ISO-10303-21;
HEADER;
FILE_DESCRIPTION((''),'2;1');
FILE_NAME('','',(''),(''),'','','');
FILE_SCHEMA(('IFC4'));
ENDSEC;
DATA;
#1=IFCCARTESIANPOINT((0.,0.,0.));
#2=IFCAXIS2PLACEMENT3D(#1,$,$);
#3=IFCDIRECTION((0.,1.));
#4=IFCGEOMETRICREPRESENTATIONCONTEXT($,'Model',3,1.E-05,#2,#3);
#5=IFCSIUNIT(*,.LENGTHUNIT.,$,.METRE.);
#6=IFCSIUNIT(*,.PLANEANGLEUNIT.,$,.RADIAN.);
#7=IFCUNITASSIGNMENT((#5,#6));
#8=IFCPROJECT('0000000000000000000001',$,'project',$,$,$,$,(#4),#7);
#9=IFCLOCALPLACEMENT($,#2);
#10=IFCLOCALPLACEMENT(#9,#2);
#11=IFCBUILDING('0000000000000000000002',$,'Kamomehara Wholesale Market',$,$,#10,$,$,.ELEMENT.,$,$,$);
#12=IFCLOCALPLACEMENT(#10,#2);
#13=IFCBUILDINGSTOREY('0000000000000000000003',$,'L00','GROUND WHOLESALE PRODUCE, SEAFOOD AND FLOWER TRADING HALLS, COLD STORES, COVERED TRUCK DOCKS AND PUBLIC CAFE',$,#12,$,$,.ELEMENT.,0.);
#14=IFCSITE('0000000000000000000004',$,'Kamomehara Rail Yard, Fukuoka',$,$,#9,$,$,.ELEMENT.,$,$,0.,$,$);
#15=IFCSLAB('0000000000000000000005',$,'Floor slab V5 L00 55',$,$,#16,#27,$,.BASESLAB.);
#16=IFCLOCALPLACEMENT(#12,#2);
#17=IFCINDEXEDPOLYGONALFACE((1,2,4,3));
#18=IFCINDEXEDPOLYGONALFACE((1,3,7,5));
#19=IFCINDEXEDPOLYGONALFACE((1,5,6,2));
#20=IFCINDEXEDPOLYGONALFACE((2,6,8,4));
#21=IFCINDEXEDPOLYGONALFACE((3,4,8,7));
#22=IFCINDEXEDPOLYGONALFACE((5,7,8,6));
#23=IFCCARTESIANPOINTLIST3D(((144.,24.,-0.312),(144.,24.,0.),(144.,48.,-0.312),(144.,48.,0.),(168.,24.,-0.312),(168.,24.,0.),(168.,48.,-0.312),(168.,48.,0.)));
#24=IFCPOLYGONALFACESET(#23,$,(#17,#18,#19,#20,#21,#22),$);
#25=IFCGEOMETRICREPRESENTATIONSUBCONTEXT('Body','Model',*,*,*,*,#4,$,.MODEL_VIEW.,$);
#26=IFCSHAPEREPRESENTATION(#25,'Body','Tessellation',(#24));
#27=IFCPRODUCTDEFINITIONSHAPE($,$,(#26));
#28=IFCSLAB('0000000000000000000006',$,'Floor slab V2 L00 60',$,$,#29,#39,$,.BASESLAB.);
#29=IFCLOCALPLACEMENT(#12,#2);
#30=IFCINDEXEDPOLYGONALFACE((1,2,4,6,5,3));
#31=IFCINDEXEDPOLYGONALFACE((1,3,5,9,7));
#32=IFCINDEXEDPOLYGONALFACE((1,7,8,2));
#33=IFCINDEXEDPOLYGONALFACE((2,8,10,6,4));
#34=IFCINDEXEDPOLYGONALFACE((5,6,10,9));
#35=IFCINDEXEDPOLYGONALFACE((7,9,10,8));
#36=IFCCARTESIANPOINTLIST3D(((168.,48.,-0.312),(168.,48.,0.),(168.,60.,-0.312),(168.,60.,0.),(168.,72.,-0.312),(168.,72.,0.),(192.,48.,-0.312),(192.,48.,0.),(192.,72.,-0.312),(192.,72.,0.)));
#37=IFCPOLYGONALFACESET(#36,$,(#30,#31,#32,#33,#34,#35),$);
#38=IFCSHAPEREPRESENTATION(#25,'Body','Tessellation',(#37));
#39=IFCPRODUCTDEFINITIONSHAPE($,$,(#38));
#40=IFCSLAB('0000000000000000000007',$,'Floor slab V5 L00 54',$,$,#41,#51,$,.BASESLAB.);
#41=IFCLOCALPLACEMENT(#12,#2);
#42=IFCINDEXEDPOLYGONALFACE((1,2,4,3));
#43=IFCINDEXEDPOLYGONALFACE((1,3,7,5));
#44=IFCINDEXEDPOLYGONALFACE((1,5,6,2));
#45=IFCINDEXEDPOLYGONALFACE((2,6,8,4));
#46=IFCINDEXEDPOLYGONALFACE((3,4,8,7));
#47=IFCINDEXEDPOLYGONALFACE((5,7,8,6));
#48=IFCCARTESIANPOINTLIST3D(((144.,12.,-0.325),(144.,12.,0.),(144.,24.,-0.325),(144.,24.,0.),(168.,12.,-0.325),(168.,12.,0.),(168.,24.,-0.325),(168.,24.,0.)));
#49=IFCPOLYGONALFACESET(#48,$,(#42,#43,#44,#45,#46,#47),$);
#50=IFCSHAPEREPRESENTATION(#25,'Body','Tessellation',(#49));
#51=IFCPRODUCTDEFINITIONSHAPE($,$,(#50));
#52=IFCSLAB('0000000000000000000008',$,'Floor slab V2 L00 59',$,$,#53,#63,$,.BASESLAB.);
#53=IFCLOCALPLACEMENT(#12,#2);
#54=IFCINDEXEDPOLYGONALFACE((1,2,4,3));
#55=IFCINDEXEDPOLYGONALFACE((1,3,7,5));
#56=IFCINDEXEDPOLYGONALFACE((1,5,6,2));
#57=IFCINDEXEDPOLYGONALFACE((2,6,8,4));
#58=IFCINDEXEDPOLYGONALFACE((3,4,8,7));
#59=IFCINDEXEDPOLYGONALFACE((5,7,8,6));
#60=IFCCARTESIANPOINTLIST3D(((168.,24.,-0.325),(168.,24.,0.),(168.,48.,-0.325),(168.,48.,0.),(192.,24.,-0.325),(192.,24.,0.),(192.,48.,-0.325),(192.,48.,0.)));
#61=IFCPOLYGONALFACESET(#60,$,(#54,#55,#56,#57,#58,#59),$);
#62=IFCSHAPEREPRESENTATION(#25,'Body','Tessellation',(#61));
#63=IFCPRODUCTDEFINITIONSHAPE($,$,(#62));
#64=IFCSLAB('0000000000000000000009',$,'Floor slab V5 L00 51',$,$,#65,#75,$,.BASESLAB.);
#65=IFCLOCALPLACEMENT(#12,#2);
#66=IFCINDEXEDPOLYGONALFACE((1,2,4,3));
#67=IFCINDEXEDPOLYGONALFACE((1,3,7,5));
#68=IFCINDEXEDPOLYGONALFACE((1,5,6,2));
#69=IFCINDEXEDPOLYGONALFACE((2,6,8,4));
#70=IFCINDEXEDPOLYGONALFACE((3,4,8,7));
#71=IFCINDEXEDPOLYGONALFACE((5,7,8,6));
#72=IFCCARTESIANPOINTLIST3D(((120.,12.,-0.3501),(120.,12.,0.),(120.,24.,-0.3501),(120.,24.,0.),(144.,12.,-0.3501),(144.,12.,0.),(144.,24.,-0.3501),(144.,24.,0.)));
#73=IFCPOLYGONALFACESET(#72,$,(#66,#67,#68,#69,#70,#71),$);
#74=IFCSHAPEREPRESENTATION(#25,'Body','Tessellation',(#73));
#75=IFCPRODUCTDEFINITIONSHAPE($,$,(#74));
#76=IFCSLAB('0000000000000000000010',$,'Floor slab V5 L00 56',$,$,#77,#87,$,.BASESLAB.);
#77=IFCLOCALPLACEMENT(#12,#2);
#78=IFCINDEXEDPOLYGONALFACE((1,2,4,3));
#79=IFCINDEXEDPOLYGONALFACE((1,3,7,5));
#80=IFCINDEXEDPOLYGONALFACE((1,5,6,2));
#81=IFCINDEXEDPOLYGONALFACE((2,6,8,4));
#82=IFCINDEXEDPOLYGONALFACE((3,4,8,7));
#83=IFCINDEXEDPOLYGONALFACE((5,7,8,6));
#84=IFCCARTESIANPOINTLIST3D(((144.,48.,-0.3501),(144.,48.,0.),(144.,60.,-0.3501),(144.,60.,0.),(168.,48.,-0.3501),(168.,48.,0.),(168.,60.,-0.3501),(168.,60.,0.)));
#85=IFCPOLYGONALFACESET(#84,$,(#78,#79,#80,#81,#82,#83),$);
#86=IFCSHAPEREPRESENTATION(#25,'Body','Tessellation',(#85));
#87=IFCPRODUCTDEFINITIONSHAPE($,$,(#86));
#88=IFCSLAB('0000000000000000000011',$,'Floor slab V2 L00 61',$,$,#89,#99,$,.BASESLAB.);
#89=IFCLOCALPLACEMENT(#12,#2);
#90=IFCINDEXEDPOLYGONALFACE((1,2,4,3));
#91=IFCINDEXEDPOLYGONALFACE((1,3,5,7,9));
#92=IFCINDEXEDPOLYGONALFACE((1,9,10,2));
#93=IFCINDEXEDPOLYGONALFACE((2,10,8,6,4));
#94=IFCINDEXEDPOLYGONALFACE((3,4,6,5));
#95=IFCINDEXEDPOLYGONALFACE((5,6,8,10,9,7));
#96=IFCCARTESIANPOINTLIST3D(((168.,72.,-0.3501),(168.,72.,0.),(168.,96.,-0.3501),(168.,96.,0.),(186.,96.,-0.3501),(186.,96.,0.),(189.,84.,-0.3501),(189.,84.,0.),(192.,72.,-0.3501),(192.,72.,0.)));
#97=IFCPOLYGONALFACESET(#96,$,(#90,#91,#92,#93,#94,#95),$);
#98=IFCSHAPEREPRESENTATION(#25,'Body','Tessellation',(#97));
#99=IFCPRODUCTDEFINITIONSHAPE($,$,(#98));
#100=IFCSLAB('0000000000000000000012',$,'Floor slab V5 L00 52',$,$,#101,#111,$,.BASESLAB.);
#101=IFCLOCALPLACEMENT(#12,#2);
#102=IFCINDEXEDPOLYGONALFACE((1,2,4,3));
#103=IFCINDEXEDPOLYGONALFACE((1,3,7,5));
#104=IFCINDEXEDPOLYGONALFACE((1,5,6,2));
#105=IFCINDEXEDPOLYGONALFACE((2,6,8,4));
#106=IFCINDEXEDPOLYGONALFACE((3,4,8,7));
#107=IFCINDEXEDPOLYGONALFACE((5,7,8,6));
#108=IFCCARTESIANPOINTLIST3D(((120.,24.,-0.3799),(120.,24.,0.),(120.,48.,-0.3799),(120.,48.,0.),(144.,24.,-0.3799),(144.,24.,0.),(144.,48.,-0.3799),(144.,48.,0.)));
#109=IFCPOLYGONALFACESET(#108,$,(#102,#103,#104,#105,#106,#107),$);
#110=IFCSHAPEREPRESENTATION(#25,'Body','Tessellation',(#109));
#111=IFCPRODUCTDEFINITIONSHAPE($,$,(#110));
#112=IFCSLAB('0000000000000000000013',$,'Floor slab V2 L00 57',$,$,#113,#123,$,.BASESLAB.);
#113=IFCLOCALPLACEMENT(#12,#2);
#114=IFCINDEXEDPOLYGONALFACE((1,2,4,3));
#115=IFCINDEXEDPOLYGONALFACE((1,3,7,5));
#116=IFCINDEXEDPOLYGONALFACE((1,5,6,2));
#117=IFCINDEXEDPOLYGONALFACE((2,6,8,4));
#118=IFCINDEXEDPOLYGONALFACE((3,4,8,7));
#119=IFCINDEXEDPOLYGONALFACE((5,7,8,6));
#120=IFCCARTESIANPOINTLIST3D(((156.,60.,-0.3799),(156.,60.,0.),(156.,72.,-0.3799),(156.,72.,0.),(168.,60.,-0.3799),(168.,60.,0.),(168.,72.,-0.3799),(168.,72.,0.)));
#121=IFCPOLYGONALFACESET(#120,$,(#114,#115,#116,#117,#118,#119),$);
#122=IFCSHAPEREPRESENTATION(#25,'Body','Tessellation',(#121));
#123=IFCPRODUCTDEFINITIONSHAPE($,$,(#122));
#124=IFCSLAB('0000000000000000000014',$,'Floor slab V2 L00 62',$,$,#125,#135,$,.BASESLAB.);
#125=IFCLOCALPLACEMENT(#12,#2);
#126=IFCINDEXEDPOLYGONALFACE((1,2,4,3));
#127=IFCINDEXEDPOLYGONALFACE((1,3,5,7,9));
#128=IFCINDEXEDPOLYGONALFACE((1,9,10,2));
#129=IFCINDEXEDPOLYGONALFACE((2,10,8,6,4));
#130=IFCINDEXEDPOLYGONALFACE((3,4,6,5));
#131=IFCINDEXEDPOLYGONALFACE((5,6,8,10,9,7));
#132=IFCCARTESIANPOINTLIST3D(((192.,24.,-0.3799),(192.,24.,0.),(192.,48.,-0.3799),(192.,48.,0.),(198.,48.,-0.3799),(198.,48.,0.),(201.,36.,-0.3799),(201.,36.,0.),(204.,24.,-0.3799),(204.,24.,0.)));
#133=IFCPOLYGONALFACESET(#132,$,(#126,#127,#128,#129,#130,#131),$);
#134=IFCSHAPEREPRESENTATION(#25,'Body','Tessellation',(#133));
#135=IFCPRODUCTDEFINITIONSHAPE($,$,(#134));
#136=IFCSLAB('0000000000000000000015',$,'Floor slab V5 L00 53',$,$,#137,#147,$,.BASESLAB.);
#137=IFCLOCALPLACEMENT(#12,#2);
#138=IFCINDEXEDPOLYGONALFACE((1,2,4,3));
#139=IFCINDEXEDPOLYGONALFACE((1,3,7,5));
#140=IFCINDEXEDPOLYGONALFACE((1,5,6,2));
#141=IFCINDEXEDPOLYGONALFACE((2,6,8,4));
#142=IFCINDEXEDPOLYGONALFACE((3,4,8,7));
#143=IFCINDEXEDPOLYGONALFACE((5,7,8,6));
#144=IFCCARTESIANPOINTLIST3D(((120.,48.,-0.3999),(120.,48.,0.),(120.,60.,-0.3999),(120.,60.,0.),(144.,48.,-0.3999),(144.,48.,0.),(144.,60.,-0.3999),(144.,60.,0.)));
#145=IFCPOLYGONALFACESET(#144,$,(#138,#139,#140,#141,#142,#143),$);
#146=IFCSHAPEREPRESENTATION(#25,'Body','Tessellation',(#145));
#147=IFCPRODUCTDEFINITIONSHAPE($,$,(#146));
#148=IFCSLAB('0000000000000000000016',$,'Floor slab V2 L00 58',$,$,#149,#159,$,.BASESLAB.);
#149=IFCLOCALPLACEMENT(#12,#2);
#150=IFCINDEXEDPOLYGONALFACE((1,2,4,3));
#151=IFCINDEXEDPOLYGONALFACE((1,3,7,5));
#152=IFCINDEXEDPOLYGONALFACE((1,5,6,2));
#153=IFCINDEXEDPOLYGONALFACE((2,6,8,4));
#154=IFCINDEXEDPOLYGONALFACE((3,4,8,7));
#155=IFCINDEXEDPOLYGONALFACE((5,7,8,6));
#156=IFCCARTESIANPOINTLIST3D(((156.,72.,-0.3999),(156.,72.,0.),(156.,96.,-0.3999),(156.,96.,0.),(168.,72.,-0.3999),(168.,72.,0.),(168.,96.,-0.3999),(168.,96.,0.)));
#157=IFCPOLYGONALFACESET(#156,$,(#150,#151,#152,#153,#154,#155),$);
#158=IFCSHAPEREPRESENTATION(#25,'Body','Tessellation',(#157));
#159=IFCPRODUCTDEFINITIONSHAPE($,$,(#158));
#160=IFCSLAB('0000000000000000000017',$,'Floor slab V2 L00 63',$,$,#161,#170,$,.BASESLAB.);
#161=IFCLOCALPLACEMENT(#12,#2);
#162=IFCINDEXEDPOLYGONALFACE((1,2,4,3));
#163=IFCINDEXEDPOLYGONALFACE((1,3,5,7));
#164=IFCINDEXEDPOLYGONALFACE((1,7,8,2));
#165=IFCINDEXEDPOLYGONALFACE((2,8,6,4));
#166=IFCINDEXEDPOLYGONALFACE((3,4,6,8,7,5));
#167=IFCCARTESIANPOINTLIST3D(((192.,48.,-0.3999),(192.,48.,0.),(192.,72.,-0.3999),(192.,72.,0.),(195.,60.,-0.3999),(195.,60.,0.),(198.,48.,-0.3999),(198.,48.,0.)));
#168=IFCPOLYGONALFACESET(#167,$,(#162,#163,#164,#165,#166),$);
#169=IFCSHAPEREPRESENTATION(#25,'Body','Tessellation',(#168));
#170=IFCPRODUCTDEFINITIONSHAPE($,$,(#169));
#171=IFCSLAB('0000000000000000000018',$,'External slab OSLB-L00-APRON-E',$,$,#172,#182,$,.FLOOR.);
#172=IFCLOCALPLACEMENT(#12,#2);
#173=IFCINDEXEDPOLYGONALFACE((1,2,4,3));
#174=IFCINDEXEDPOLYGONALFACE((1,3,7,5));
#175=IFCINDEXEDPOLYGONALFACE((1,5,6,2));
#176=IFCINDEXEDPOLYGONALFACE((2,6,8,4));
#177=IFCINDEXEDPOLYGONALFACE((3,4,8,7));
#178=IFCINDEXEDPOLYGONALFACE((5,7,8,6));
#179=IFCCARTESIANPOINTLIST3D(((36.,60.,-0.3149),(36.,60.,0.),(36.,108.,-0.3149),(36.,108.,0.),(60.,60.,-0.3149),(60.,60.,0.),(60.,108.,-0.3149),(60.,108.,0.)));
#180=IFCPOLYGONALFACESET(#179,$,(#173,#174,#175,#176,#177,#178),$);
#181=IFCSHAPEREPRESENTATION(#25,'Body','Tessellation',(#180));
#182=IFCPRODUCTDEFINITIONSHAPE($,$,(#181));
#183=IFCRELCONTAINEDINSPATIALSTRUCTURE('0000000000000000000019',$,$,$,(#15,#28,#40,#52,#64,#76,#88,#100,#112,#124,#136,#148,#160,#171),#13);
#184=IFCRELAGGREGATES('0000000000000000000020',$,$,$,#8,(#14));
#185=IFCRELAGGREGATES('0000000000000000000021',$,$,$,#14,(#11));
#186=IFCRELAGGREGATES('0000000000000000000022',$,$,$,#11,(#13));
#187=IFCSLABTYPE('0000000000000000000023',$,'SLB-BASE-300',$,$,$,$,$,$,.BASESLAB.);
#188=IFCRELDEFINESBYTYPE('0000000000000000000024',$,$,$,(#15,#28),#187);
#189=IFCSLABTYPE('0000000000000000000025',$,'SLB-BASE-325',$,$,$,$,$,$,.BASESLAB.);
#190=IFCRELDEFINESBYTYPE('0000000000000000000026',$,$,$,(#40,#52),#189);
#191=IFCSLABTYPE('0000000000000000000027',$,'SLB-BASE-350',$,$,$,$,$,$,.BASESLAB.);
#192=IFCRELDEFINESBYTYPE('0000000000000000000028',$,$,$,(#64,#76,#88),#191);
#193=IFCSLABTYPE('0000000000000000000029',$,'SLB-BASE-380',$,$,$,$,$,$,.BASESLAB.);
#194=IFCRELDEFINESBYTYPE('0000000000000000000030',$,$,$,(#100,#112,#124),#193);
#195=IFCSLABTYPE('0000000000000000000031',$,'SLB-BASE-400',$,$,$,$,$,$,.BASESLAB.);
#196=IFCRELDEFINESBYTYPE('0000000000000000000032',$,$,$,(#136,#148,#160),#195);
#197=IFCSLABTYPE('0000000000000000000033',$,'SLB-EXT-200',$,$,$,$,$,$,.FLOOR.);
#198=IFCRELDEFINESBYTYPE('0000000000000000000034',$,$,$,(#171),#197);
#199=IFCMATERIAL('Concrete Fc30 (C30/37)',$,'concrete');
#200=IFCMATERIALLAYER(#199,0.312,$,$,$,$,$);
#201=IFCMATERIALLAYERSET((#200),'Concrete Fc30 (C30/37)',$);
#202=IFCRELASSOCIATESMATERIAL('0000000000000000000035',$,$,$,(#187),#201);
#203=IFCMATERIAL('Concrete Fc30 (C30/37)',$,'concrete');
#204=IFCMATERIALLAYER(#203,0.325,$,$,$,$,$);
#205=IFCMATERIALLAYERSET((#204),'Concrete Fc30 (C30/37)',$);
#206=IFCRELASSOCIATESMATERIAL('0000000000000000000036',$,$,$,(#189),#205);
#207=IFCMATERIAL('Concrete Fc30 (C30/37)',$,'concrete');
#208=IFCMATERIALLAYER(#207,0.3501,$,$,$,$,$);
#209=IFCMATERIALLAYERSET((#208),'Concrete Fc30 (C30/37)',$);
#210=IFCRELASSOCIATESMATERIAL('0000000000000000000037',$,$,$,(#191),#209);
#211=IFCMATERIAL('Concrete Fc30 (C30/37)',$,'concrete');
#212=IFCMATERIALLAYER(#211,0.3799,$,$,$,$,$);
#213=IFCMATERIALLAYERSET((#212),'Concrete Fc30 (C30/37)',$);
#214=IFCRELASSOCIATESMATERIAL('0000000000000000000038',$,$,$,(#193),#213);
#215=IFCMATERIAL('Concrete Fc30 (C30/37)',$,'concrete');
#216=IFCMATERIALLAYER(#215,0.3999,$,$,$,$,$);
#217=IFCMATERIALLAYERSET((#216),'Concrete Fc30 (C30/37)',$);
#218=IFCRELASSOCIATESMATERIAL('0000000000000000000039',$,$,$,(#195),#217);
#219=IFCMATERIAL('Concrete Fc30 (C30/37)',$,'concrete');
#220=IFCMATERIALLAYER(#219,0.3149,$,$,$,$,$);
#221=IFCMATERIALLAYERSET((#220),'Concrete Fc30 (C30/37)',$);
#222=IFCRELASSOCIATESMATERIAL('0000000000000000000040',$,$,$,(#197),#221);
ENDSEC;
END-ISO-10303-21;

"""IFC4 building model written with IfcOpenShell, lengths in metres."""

from ifc_helpers import new_model, si_unit, direction, frame, origin, place, context, subcontext, project, spatial, polyline, outline, extrude, material, layer, layer_set, type_object, element, save


model = new_model("IFC4")

# Units and contexts
model_context = context("Model", 3, precision=1e-05, world=origin(), true_north=direction((0.0, 1.0)))
body_context = subcontext(model_context, "Body", "Model", "MODEL_VIEW")
ifc_project = project(units=[si_unit("LENGTHUNIT", "METRE"), si_unit("PLANEANGLEUNIT", "RADIAN")], contexts=[model_context])

# Site, building, storey
site_placement = place(None, origin())
site = spatial("IfcSite", under=ifc_project, at=site_placement, Name="Kamomehara Rail Yard, Fukuoka", CompositionType="ELEMENT", RefElevation=0.0)
building_placement = place(site_placement, origin())
building = spatial("IfcBuilding", under=site, at=building_placement, Name="Kamomehara Wholesale Market", CompositionType="ELEMENT")
storey_placement = place(building_placement, origin())
storey = spatial("IfcBuildingStorey", under=building, at=storey_placement, Name="L00", Description="GROUND WHOLESALE PRODUCE, SEAFOOD AND FLOWER TRADING HALLS, COLD STORES, COVERED TRUCK DOCKS AND PUBLIC CAFE", CompositionType="ELEMENT", Elevation=0.0)

# Slabs
ifc_material_1 = material(Name="Concrete Fc30 (C30/37)", Category="concrete")
ifc_layer_1 = layer(ifc_material_1, 0.312)
ifc_layer_set_1 = layer_set([ifc_layer_1], Name="Concrete Fc30 (C30/37)")
slab_type_1 = type_object("IfcSlabType", Name="SLB-BASE-300", PredefinedType="BASESLAB", material=ifc_layer_set_1)
slab_1_placement = place(storey_placement, frame((0.0, 0.0, -0.312)))
element("IfcSlab", 1, at=slab_1_placement, inside=storey, type_object=slab_type_1, Name="Floor slab V5 L00 55", PredefinedType="BASESLAB", context=body_context, shape_type="SweptSolid", body=[
    extrude(outline(polyline([(168.0, 24.0), (144.0, 24.0), (144.0, 48.0), (168.0, 48.0), (168.0, 24.0)])), origin(), (0.0, 0.0, 1.0), 0.312),
])
slab_2_placement = place(storey_placement, frame((0.0, 0.0, -0.312)))
element("IfcSlab", 2, at=slab_2_placement, inside=storey, type_object=slab_type_1, Name="Floor slab V2 L00 60", PredefinedType="BASESLAB", context=body_context, shape_type="SweptSolid", body=[
    extrude(outline(polyline([(192.0, 48.0), (168.0, 48.0), (168.0, 60.0), (168.0, 72.0), (192.0, 72.0), (192.0, 48.0)])), origin(), (0.0, 0.0, 1.0), 0.312),
])
ifc_material_2 = material(Name="Concrete Fc30 (C30/37)", Category="concrete")
ifc_layer_2 = layer(ifc_material_2, 0.325)
ifc_layer_set_2 = layer_set([ifc_layer_2], Name="Concrete Fc30 (C30/37)")
slab_type_2 = type_object("IfcSlabType", Name="SLB-BASE-325", PredefinedType="BASESLAB", material=ifc_layer_set_2)
slab_3_placement = place(storey_placement, frame((0.0, 0.0, -0.325)))
element("IfcSlab", 3, at=slab_3_placement, inside=storey, type_object=slab_type_2, Name="Floor slab V5 L00 54", PredefinedType="BASESLAB", context=body_context, shape_type="SweptSolid", body=[
    extrude(outline(polyline([(168.0, 12.0), (144.0, 12.0), (144.0, 24.0), (168.0, 24.0), (168.0, 12.0)])), origin(), (0.0, 0.0, 1.0), 0.325),
])
slab_4_placement = place(storey_placement, frame((0.0, 0.0, -0.325)))
element("IfcSlab", 4, at=slab_4_placement, inside=storey, type_object=slab_type_2, Name="Floor slab V2 L00 59", PredefinedType="BASESLAB", context=body_context, shape_type="SweptSolid", body=[
    extrude(outline(polyline([(192.0, 48.0), (192.0, 24.0), (168.0, 24.0), (168.0, 48.0), (192.0, 48.0)])), origin(), (0.0, 0.0, 1.0), 0.325),
])
ifc_material_3 = material(Name="Concrete Fc30 (C30/37)", Category="concrete")
ifc_layer_3 = layer(ifc_material_3, 0.3501)
ifc_layer_set_3 = layer_set([ifc_layer_3], Name="Concrete Fc30 (C30/37)")
slab_type_3 = type_object("IfcSlabType", Name="SLB-BASE-350", PredefinedType="BASESLAB", material=ifc_layer_set_3)
slab_5_placement = place(storey_placement, frame((0.0, 0.0, -0.3501)))
element("IfcSlab", 5, at=slab_5_placement, inside=storey, type_object=slab_type_3, Name="Floor slab V5 L00 51", PredefinedType="BASESLAB", context=body_context, shape_type="SweptSolid", body=[
    extrude(outline(polyline([(120.0, 24.0), (144.0, 24.0), (144.0, 12.0), (120.0, 12.0), (120.0, 24.0)])), origin(), (0.0, 0.0, 1.0), 0.3501),
])
slab_6_placement = place(storey_placement, frame((0.0, 0.0, -0.3501)))
element("IfcSlab", 6, at=slab_6_placement, inside=storey, type_object=slab_type_3, Name="Floor slab V5 L00 56", PredefinedType="BASESLAB", context=body_context, shape_type="SweptSolid", body=[
    extrude(outline(polyline([(168.0, 48.0), (144.0, 48.0), (144.0, 60.0), (168.0, 60.0), (168.0, 48.0)])), origin(), (0.0, 0.0, 1.0), 0.3501),
])
slab_7_placement = place(storey_placement, frame((0.0, 0.0, -0.3501)))
element("IfcSlab", 7, at=slab_7_placement, inside=storey, type_object=slab_type_3, Name="Floor slab V2 L00 61", PredefinedType="BASESLAB", context=body_context, shape_type="SweptSolid", body=[
    extrude(outline(polyline([(186.0, 96.0), (189.0, 84.0), (192.0, 72.0), (168.0, 72.0), (168.0, 96.0), (186.0, 96.0)])), origin(), (0.0, 0.0, 1.0), 0.3501),
])
ifc_material_4 = material(Name="Concrete Fc30 (C30/37)", Category="concrete")
ifc_layer_4 = layer(ifc_material_4, 0.3799)
ifc_layer_set_4 = layer_set([ifc_layer_4], Name="Concrete Fc30 (C30/37)")
slab_type_4 = type_object("IfcSlabType", Name="SLB-BASE-380", PredefinedType="BASESLAB", material=ifc_layer_set_4)
slab_8_placement = place(storey_placement, frame((0.0, 0.0, -0.3799)))
element("IfcSlab", 8, at=slab_8_placement, inside=storey, type_object=slab_type_4, Name="Floor slab V5 L00 52", PredefinedType="BASESLAB", context=body_context, shape_type="SweptSolid", body=[
    extrude(outline(polyline([(120.0, 24.0), (120.0, 48.0), (144.0, 48.0), (144.0, 24.0), (120.0, 24.0)])), origin(), (0.0, 0.0, 1.0), 0.3799),
])
slab_9_placement = place(storey_placement, frame((0.0, 0.0, -0.3799)))
element("IfcSlab", 9, at=slab_9_placement, inside=storey, type_object=slab_type_4, Name="Floor slab V2 L00 57", PredefinedType="BASESLAB", context=body_context, shape_type="SweptSolid", body=[
    extrude(outline(polyline([(168.0, 72.0), (168.0, 60.0), (156.0, 60.0), (156.0, 72.0), (168.0, 72.0)])), origin(), (0.0, 0.0, 1.0), 0.3799),
])
slab_10_placement = place(storey_placement, frame((0.0, 0.0, -0.3799)))
element("IfcSlab", 10, at=slab_10_placement, inside=storey, type_object=slab_type_4, Name="Floor slab V2 L00 62", PredefinedType="BASESLAB", context=body_context, shape_type="SweptSolid", body=[
    extrude(outline(polyline([(192.0, 48.0), (198.0, 48.0), (201.0, 36.0), (204.0, 24.0), (192.0, 24.0), (192.0, 48.0)])), origin(), (0.0, 0.0, 1.0), 0.3799),
])
ifc_material_5 = material(Name="Concrete Fc30 (C30/37)", Category="concrete")
ifc_layer_5 = layer(ifc_material_5, 0.3999)
ifc_layer_set_5 = layer_set([ifc_layer_5], Name="Concrete Fc30 (C30/37)")
slab_type_5 = type_object("IfcSlabType", Name="SLB-BASE-400", PredefinedType="BASESLAB", material=ifc_layer_set_5)
slab_11_placement = place(storey_placement, frame((0.0, 0.0, -0.3999)))
element("IfcSlab", 11, at=slab_11_placement, inside=storey, type_object=slab_type_5, Name="Floor slab V5 L00 53", PredefinedType="BASESLAB", context=body_context, shape_type="SweptSolid", body=[
    extrude(outline(polyline([(144.0, 48.0), (120.0, 48.0), (120.0, 60.0), (144.0, 60.0), (144.0, 48.0)])), origin(), (0.0, 0.0, 1.0), 0.3999),
])
slab_12_placement = place(storey_placement, frame((0.0, 0.0, -0.3999)))
element("IfcSlab", 12, at=slab_12_placement, inside=storey, type_object=slab_type_5, Name="Floor slab V2 L00 58", PredefinedType="BASESLAB", context=body_context, shape_type="SweptSolid", body=[
    extrude(outline(polyline([(168.0, 72.0), (156.0, 72.0), (156.0, 96.0), (168.0, 96.0), (168.0, 72.0)])), origin(), (0.0, 0.0, 1.0), 0.3999),
])
slab_13_placement = place(storey_placement, frame((0.0, 0.0, -0.3999)))
element("IfcSlab", 13, at=slab_13_placement, inside=storey, type_object=slab_type_5, Name="Floor slab V2 L00 63", PredefinedType="BASESLAB", context=body_context, shape_type="SweptSolid", body=[
    extrude(outline(polyline([(192.0, 48.0), (192.0, 72.0), (195.0, 60.0), (198.0, 48.0), (192.0, 48.0)])), origin(), (0.0, 0.0, 1.0), 0.3999),
])
ifc_material_6 = material(Name="Concrete Fc30 (C30/37)", Category="concrete")
ifc_layer_6 = layer(ifc_material_6, 0.3149)
ifc_layer_set_6 = layer_set([ifc_layer_6], Name="Concrete Fc30 (C30/37)")
slab_type_6 = type_object("IfcSlabType", Name="SLB-EXT-200", PredefinedType="FLOOR", material=ifc_layer_set_6)
slab_14_placement = place(storey_placement, frame((0.0, 0.0, -0.3149)))
element("IfcSlab", 14, at=slab_14_placement, inside=storey, type_object=slab_type_6, Name="External slab OSLB-L00-APRON-E", PredefinedType="FLOOR", context=body_context, shape_type="SweptSolid", body=[
    extrude(outline(polyline([(36.0, 60.0), (60.0, 60.0), (60.0, 108.0), (36.0, 108.0), (36.0, 60.0)])), origin(), (0.0, 0.0, 1.0), 0.3149),
])

save(model, "model.ifc")
